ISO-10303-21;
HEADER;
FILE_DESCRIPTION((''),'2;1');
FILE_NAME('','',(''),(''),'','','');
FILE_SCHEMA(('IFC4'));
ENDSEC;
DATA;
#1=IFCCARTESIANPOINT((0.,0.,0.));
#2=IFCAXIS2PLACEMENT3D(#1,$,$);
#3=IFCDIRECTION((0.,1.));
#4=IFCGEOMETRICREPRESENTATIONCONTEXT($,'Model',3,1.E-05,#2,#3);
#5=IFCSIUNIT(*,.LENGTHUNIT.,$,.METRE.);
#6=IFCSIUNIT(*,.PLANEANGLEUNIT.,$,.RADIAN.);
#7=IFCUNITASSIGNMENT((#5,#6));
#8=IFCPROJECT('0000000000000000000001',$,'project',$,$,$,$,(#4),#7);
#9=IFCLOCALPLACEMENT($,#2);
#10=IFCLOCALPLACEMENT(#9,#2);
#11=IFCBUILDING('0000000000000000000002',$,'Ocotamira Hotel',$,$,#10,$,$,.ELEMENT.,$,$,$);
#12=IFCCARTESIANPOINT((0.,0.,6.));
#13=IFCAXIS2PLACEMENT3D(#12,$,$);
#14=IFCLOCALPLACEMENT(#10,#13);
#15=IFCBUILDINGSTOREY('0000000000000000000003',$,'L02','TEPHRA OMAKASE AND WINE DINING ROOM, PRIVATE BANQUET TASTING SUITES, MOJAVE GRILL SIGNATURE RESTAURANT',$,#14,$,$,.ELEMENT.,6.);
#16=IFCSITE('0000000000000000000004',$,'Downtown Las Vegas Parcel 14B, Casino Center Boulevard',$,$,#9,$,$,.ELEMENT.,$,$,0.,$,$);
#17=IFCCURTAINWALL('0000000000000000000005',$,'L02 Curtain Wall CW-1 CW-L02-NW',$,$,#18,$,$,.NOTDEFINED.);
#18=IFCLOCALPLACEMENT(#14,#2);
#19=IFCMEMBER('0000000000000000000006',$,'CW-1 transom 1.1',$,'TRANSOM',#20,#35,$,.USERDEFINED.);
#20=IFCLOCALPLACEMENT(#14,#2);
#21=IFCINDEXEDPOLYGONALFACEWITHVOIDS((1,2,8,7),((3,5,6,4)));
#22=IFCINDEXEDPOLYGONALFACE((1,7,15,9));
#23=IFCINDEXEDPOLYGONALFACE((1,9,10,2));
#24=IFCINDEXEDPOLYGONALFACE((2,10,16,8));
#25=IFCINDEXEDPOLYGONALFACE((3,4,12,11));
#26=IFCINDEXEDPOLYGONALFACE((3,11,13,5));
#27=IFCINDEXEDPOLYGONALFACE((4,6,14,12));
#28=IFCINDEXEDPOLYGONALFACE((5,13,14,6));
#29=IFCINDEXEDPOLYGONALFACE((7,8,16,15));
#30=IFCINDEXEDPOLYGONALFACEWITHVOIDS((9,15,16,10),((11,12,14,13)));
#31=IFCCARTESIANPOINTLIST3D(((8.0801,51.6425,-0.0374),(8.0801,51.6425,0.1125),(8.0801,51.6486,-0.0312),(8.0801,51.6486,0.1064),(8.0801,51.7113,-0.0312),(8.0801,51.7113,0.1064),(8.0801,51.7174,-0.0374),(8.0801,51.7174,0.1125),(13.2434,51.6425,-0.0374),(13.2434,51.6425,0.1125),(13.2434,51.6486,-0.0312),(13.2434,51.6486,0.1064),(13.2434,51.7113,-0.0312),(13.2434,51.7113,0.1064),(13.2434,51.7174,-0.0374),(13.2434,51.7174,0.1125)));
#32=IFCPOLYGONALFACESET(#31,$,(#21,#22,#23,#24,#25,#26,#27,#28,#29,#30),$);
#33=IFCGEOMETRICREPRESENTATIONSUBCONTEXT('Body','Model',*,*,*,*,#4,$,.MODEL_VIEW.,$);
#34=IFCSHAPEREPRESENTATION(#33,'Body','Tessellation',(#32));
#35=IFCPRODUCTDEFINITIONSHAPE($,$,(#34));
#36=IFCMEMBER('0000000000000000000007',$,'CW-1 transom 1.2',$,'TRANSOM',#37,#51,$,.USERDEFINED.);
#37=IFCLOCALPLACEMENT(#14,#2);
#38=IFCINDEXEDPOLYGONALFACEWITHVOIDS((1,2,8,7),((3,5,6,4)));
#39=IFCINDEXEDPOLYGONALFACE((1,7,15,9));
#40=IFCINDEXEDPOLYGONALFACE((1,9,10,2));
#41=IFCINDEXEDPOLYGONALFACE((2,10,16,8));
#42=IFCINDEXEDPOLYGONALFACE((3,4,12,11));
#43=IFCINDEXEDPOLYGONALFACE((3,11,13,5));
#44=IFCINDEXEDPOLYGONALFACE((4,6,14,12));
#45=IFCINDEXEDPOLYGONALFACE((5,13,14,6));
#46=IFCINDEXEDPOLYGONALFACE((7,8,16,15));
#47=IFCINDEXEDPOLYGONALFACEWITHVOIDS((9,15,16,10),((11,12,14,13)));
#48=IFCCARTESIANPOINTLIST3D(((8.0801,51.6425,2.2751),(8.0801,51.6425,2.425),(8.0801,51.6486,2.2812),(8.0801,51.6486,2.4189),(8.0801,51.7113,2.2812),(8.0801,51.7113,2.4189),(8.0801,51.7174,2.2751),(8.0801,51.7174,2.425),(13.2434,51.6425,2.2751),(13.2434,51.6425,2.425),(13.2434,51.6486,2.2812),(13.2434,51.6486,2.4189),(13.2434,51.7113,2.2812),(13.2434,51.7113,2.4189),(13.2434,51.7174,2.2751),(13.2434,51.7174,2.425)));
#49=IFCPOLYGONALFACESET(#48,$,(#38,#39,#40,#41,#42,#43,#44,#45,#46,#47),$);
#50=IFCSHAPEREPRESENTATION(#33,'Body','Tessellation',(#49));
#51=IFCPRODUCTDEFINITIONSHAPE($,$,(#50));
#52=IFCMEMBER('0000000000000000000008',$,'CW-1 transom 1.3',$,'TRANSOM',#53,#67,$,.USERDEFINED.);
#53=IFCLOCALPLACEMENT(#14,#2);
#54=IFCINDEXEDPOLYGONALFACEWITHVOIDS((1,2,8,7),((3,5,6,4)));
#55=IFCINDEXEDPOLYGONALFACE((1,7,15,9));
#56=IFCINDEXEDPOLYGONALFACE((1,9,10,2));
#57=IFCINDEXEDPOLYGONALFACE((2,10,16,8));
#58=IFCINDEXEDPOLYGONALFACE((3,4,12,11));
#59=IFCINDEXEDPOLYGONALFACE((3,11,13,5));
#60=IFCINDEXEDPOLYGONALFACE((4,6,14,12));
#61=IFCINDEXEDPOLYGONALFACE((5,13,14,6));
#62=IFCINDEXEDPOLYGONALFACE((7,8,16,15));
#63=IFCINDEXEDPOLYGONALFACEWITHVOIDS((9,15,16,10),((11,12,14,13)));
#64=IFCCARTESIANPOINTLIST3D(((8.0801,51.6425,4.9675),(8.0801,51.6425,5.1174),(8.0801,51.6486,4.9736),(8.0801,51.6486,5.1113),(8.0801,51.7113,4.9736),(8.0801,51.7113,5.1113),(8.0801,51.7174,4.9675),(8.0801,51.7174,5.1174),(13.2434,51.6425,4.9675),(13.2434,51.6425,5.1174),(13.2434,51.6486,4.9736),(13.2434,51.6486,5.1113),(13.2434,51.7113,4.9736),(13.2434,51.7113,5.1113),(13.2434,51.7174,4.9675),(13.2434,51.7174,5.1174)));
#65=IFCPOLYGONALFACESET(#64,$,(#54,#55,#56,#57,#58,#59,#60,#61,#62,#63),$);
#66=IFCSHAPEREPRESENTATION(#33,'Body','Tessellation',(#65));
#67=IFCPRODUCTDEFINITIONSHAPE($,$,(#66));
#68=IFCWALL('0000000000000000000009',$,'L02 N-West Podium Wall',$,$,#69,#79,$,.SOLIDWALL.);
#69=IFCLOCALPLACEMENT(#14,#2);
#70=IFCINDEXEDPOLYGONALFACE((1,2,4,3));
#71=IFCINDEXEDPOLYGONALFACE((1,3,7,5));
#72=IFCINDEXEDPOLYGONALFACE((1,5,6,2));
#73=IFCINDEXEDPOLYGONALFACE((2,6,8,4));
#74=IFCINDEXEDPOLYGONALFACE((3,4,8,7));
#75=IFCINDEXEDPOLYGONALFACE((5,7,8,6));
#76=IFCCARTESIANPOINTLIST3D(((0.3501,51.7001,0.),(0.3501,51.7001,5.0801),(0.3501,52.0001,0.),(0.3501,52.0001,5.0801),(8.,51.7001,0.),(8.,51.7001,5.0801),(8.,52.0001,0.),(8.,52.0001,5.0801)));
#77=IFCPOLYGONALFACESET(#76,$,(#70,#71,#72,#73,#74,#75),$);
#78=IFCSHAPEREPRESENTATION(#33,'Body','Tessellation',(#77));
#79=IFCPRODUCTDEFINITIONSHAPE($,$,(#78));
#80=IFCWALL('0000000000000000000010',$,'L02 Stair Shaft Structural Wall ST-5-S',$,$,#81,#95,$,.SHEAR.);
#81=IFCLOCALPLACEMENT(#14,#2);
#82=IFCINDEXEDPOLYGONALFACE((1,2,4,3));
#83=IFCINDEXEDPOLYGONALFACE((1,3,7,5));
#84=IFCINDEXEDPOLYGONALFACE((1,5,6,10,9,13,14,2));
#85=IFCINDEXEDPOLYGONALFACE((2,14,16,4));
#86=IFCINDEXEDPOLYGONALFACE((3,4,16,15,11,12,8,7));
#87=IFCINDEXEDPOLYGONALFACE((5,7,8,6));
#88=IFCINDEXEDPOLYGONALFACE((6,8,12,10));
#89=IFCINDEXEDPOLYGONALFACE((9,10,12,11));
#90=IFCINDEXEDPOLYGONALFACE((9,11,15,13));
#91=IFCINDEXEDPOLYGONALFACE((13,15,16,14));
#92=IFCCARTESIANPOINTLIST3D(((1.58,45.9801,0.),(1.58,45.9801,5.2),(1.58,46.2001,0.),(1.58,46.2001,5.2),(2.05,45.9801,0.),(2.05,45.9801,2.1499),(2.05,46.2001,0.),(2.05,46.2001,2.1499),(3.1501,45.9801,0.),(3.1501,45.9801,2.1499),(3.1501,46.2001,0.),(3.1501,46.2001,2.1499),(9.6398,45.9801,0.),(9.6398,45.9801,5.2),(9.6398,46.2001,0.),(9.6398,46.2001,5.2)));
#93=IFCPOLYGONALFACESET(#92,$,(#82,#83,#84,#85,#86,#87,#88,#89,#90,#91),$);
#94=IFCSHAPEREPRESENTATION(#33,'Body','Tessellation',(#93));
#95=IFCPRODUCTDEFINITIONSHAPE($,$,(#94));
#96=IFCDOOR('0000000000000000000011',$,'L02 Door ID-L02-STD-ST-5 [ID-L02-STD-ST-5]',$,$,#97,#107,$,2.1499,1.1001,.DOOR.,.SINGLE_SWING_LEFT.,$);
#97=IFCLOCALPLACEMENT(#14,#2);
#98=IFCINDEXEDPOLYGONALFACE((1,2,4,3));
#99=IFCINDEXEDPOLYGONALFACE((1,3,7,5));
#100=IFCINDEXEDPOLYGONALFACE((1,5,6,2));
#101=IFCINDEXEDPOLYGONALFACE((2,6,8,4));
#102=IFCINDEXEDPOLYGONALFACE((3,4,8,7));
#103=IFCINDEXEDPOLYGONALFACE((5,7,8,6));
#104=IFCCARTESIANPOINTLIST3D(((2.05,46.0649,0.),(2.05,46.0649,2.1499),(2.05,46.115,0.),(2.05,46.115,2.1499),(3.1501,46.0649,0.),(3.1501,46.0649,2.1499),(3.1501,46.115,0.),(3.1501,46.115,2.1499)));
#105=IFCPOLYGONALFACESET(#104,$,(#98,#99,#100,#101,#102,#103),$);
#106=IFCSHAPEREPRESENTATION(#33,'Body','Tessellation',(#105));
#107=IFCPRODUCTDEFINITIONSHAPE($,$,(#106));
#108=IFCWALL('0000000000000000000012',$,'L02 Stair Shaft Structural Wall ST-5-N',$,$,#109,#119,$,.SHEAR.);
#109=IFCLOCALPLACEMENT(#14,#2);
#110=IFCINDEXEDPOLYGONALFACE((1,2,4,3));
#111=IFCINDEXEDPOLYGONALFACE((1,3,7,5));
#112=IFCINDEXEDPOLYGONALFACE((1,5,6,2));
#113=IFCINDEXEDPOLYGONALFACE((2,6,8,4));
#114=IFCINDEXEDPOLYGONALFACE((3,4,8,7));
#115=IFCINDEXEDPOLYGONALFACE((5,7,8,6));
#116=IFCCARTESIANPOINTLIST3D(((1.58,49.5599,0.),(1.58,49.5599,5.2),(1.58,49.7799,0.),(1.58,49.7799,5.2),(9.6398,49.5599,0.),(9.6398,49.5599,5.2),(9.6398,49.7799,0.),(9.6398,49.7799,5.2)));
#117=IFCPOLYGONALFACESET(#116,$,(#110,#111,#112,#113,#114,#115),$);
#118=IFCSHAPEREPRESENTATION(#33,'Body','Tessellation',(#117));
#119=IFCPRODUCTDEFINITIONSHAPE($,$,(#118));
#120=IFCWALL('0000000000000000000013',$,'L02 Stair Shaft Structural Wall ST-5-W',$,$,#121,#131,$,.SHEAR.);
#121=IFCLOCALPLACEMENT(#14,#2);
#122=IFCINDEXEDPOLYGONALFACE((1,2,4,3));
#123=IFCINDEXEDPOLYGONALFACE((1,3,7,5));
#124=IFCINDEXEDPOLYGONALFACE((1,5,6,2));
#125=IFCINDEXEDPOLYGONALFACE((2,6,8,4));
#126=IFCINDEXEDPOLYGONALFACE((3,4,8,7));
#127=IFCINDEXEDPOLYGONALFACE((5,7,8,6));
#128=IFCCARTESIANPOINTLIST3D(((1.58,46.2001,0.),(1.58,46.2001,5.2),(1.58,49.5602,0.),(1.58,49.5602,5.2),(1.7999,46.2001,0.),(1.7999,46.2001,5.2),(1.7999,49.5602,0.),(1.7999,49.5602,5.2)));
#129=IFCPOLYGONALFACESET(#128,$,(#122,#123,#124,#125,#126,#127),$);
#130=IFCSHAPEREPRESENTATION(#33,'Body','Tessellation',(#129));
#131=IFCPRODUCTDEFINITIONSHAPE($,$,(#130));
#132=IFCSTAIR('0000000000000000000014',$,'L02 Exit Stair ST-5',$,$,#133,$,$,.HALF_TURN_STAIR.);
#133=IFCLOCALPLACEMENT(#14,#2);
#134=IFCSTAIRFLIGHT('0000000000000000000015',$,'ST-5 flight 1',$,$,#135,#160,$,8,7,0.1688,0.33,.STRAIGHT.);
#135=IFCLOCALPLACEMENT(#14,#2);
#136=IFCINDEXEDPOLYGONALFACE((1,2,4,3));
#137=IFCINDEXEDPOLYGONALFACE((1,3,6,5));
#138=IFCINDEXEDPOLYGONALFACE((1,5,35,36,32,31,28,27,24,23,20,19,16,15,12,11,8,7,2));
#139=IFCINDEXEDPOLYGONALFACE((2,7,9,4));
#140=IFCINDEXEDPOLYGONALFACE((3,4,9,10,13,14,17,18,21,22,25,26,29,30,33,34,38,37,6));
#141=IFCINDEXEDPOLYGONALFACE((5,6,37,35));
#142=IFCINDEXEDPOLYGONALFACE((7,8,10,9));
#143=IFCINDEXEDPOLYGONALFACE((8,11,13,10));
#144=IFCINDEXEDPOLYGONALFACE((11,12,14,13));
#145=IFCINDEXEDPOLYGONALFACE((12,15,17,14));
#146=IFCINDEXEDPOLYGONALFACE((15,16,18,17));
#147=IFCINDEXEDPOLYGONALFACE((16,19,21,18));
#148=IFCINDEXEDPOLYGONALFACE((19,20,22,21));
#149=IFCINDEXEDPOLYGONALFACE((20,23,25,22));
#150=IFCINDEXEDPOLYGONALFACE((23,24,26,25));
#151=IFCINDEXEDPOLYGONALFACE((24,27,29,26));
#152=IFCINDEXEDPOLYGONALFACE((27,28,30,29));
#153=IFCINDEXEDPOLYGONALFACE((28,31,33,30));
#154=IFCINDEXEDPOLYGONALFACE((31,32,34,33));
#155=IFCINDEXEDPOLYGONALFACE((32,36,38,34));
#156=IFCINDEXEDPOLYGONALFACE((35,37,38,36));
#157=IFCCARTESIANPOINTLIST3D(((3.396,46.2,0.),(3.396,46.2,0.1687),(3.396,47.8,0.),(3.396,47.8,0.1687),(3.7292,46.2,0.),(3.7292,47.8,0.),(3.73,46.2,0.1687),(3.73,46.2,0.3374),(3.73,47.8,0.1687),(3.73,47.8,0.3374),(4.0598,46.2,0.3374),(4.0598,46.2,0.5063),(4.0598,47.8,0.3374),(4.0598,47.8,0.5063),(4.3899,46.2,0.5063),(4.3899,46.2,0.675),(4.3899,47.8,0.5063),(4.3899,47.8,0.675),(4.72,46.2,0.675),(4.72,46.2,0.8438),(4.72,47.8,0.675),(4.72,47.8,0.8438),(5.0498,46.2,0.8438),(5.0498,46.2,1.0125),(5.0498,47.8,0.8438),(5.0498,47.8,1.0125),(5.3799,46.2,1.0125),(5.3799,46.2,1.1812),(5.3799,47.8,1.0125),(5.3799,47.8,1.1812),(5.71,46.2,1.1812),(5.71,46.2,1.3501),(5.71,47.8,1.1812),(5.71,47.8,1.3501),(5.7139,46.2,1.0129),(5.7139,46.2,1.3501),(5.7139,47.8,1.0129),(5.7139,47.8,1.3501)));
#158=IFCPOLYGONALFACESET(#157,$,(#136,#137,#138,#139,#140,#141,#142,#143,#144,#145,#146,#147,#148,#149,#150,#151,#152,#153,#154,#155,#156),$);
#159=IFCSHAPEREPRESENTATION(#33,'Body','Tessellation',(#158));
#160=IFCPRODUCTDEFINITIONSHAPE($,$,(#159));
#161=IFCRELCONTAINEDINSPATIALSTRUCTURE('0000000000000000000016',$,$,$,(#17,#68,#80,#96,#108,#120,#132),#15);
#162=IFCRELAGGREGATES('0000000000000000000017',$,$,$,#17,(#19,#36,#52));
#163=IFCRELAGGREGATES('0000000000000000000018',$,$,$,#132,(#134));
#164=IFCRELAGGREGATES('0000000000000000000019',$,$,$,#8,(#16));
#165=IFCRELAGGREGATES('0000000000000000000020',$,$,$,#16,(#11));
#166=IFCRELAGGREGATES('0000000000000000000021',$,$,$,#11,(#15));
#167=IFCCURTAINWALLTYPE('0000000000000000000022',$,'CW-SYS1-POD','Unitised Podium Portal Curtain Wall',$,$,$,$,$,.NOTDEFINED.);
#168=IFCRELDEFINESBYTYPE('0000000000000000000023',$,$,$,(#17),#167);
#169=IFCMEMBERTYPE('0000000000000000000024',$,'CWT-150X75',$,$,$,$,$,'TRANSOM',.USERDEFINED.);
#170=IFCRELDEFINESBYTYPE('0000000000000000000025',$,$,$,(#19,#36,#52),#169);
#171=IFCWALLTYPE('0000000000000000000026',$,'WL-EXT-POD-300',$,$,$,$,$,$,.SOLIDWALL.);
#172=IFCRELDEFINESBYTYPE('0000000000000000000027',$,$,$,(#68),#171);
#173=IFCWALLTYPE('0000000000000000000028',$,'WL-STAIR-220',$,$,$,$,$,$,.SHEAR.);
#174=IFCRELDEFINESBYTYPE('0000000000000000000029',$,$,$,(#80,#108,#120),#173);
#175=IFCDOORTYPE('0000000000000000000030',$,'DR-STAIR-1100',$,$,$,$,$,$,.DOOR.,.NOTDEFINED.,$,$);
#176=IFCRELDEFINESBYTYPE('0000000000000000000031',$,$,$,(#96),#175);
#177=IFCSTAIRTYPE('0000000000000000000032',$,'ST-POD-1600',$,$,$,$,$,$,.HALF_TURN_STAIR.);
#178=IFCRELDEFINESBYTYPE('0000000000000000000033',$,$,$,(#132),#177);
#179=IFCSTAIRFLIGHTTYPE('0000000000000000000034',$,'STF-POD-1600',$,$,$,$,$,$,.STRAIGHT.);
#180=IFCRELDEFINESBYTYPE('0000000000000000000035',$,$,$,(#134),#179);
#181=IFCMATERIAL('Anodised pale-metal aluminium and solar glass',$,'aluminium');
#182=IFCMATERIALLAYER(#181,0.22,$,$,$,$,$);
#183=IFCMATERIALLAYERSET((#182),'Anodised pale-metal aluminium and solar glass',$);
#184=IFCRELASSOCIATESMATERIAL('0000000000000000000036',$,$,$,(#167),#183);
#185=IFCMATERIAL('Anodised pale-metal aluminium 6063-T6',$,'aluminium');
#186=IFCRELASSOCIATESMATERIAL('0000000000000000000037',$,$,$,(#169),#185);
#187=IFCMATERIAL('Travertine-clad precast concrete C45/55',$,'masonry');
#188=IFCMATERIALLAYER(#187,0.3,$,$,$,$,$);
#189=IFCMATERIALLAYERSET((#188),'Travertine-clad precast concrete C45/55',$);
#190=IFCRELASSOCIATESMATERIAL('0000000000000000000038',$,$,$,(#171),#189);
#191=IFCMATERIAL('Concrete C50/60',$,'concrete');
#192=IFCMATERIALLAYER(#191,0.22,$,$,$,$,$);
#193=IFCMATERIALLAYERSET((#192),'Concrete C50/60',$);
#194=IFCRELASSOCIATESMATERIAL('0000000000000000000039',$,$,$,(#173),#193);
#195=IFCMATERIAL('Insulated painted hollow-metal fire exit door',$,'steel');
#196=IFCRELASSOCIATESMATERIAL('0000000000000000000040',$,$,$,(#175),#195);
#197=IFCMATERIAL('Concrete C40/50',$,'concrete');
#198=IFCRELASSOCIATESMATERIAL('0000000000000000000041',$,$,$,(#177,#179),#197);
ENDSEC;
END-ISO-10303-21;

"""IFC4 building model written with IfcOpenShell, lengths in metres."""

from ifc_helpers import new_model, si_unit, direction, frame, frame_2d, origin, origin_2d, place, context, subcontext, project, spatial, polyline, rectangle, hollow_rectangle, outline, extrude, source, transform, mapped, material, layer, layer_set, material_profile, profile_set, type_object, element, fill, aggregate, save


model = new_model("IFC4")

# Units and contexts
model_context = context("Model", 3, precision=1e-05, world=origin(), true_north=direction((0.0, 1.0)))
body_context = subcontext(model_context, "Body", "Model", "MODEL_VIEW")
ifc_project = project(units=[si_unit("LENGTHUNIT", "METRE"), si_unit("PLANEANGLEUNIT", "RADIAN")], contexts=[model_context])

# Site, building, storey
site_placement = place(None, origin())
site = spatial("IfcSite", under=ifc_project, at=site_placement, Name="Downtown Las Vegas Parcel 14B, Casino Center Boulevard", CompositionType="ELEMENT", RefElevation=0.0)
building_placement = place(site_placement, origin())
building = spatial("IfcBuilding", under=site, at=building_placement, Name="Ocotamira Hotel", CompositionType="ELEMENT")
storey_placement = place(building_placement, frame((0.0, 0.0, 6.0)))
storey = spatial("IfcBuildingStorey", under=building, at=storey_placement, Name="L02", Description="TEPHRA OMAKASE AND WINE DINING ROOM, PRIVATE BANQUET TASTING SUITES, MOJAVE GRILL SIGNATURE RESTAURANT", CompositionType="ELEMENT", Elevation=6.0)

# Curtain wall, members
ifc_material_1 = material(Name="Anodised pale-metal aluminium and solar glass", Category="aluminium")
ifc_layer_1 = layer(ifc_material_1, 0.22)
ifc_layer_set_1 = layer_set([ifc_layer_1], Name="Anodised pale-metal aluminium and solar glass")
curtain_wall_type = type_object("IfcCurtainWallType", Name="CW-SYS1-POD", Description="Unitised Podium Portal Curtain Wall", PredefinedType="NOTDEFINED", material=ifc_layer_set_1)
curtain_wall_placement = place(storey_placement, origin())
curtain_wall = element("IfcCurtainWall", 1, at=curtain_wall_placement, inside=storey, type_object=curtain_wall_type, Name="L02 Curtain Wall CW-1 CW-L02-NW", PredefinedType="NOTDEFINED")
ifc_material_2 = material(Name="Anodised pale-metal aluminium 6063-T6", Category="aluminium")
ifc_material_profile_1 = material_profile(ifc_material_2, hollow_rectangle(XDim=0.075, YDim=0.1499, WallThickness=0.0061, at=origin_2d()), Name="HSS150X75X6")
ifc_profile_set_1 = profile_set([ifc_material_profile_1], Name="Anodised pale-metal aluminium 6063-T6")
member_type_1 = type_object("IfcMemberType", Name="CWT-150X75", ElementType="TRANSOM", PredefinedType="USERDEFINED", material=ifc_profile_set_1)
shared_shape_1 = source(origin(), body_context, "Body", "SweptSolid", [
    extrude(hollow_rectangle(XDim=0.075, YDim=0.1499, WallThickness=0.0061, at=origin_2d()), origin(), (0.0, 0.0, 1.0), 5.1633),
])
member_1_placement = place(storey_placement, frame((8.0801, 51.6799, 0.0376), z_axis=(1.0, 0.0, 0.0), x_axis=(0.0, 1.0, 0.0)))
member_1 = element("IfcMember", 2, at=member_1_placement, type_object=member_type_1, Name="CW-1 transom 1.1", ObjectType="TRANSOM", PredefinedType="USERDEFINED", context=body_context, shape_type="MappedRepresentation", body=[
    mapped(shared_shape_1, transform((0.0, 0.0, 0.0), scale=1.0)),
])
member_2_placement = place(storey_placement, frame((8.0801, 51.6799, 2.3501), z_axis=(1.0, 0.0, 0.0), x_axis=(0.0, 1.0, 0.0)))
member_2 = element("IfcMember", 3, at=member_2_placement, type_object=member_type_1, Name="CW-1 transom 1.2", ObjectType="TRANSOM", PredefinedType="USERDEFINED", context=body_context, shape_type="MappedRepresentation", body=[
    mapped(shared_shape_1, transform((0.0, 0.0, 0.0), scale=1.0)),
])
member_3_placement = place(storey_placement, frame((8.0801, 51.6799, 5.0425), z_axis=(1.0, 0.0, 0.0), x_axis=(0.0, 1.0, 0.0)))
member_3 = element("IfcMember", 4, at=member_3_placement, type_object=member_type_1, Name="CW-1 transom 1.3", ObjectType="TRANSOM", PredefinedType="USERDEFINED", context=body_context, shape_type="MappedRepresentation", body=[
    mapped(shared_shape_1, transform((0.0, 0.0, 0.0), scale=1.0)),
])
aggregate(curtain_wall, [member_1, member_2, member_3])

# Wall
ifc_material_3 = material(Name="Travertine-clad precast concrete C45/55", Category="masonry")
ifc_layer_2 = layer(ifc_material_3, 0.3)
ifc_layer_set_2 = layer_set([ifc_layer_2], Name="Travertine-clad precast concrete C45/55")
wall_type_1 = type_object("IfcWallType", Name="WL-EXT-POD-300", PredefinedType="SOLIDWALL", material=ifc_layer_set_2)
wall_1_placement = place(storey_placement, frame((0.3501, 51.8501, 0.0), z_axis=(0.0, 0.0, 1.0), x_axis=(1.0, 0.0, 0.0)))
element("IfcWall", 5, at=wall_1_placement, inside=storey, type_object=wall_type_1, Name="L02 N-West Podium Wall", PredefinedType="SOLIDWALL", context=body_context, shape_type="SweptSolid", body=[
    extrude(rectangle(XDim=7.6499, YDim=0.3, at=frame_2d((3.825, 0.0))), origin(), (0.0, 0.0, 1.0), 5.0801),
])

# Wall, opening, door
ifc_material_4 = material(Name="Concrete C50/60", Category="concrete")
ifc_layer_3 = layer(ifc_material_4, 0.22)
ifc_layer_set_3 = layer_set([ifc_layer_3], Name="Concrete C50/60")
wall_type_2 = type_object("IfcWallType", Name="WL-STAIR-220", PredefinedType="SHEAR", material=ifc_layer_set_3)
wall_2_placement = place(storey_placement, frame((1.5801, 46.0901, 0.0), z_axis=(0.0, 0.0, 1.0), x_axis=(1.0, 0.0, 0.0)))
wall_2 = element("IfcWall", 6, at=wall_2_placement, inside=storey, type_object=wall_type_2, Name="L02 Stair Shaft Structural Wall ST-5-S", PredefinedType="SHEAR", context=body_context, shape_type="SweptSolid", body=[
    extrude(rectangle(XDim=8.0598, YDim=0.22, at=frame_2d((4.0298, 0.0))), origin(), (0.0, 0.0, 1.0), 5.2),
])
opening_placement = place(wall_2_placement, frame((0.47, 0.0, 0.0)))
opening = element("IfcOpeningElement", 7, at=opening_placement, cuts=wall_2, PredefinedType="OPENING", context=body_context, shape_type="SweptSolid", body=[
    extrude(rectangle(XDim=1.1001, YDim=2.1499, at=frame_2d((0.55, 1.075))), frame((0.0, 0.1201, 0.0), z_axis=(0.0, -1.0, 0.0), x_axis=(1.0, 0.0, 0.0)), (0.0, 0.0, 1.0), 0.24),
])
ifc_material_5 = material(Name="Insulated painted hollow-metal fire exit door", Category="steel")
door_type = type_object("IfcDoorType", Name="DR-STAIR-1100", OperationType="NOTDEFINED", PredefinedType="DOOR", material=ifc_material_5)
shared_shape_2 = source(origin(), body_context, "Body", "SweptSolid", [
    extrude(rectangle(XDim=1.1001, YDim=2.1499, at=frame_2d((0.55, 1.075))), frame((0.0, 0.0249, 0.0), z_axis=(0.0, -1.0, 0.0), x_axis=(1.0, 0.0, 0.0)), (0.0, 0.0, 1.0), 0.05),
])
door_placement = place(opening_placement, origin())
door = element("IfcDoor", 8, at=door_placement, inside=storey, type_object=door_type, Name="L02 Door ID-L02-STD-ST-5 [ID-L02-STD-ST-5]", OperationType="SINGLE_SWING_LEFT", OverallHeight=2.1499, OverallWidth=1.1001, PredefinedType="DOOR", context=body_context, shape_type="MappedRepresentation", body=[
    mapped(shared_shape_2, transform((0.0, 0.0, 0.0), scale=1.0)),
])
fill(opening, door)

# Walls
wall_3_placement = place(storey_placement, frame((1.5801, 49.6699, 0.0), z_axis=(0.0, 0.0, 1.0), x_axis=(1.0, 0.0, 0.0)))
element("IfcWall", 9, at=wall_3_placement, inside=storey, type_object=wall_type_2, Name="L02 Stair Shaft Structural Wall ST-5-N", PredefinedType="SHEAR", context=body_context, shape_type="SweptSolid", body=[
    extrude(rectangle(XDim=8.0598, YDim=0.22, at=frame_2d((4.0298, 0.0))), origin(), (0.0, 0.0, 1.0), 5.2),
])
wall_4_placement = place(storey_placement, frame((1.6899, 46.2, 0.0), z_axis=(0.0, 0.0, 1.0), x_axis=(0.0, 1.0, 0.0)))
element("IfcWall", 10, at=wall_4_placement, inside=storey, type_object=wall_type_2, Name="L02 Stair Shaft Structural Wall ST-5-W", PredefinedType="SHEAR", context=body_context, shape_type="SweptSolid", body=[
    extrude(rectangle(XDim=3.3601, YDim=0.22, at=frame_2d((1.6802, 0.0))), origin(), (0.0, 0.0, 1.0), 5.2),
])

# Stair, stair flight
ifc_material_6 = material(Name="Concrete C40/50", Category="concrete")
stair_type = type_object("IfcStairType", Name="ST-POD-1600", PredefinedType="HALF_TURN_STAIR", material=ifc_material_6)
stair_placement = place(storey_placement, origin())
stair = element("IfcStair", 11, at=stair_placement, inside=storey, type_object=stair_type, Name="L02 Exit Stair ST-5", PredefinedType="HALF_TURN_STAIR")
stair_flight_type = type_object("IfcStairFlightType", Name="STF-POD-1600", PredefinedType="STRAIGHT", material=ifc_material_6)
shared_shape_3 = source(origin(), body_context, "Body", "SweptSolid", [
    extrude(outline(polyline([(-0.0039, 0.0), (-0.0039, 0.1687), (0.3301, 0.1687), (0.3301, 0.3374), (0.6599, 0.3374), (0.6599, 0.5063), (0.99, 0.5063), (0.99, 0.675), (1.3201, 0.675), (1.3201, 0.8438), (1.6499, 0.8438), (1.6499, 1.0125), (1.98, 1.0125), (1.98, 1.1812), (2.3101, 1.1812), (2.3101, 1.3501), (2.314, 1.3501), (2.314, 1.0129), (0.3293, 0.0), (-0.0039, 0.0)])), frame((0.0, 0.8, 0.0), z_axis=(0.0, -1.0, 0.0), x_axis=(1.0, 0.0, 0.0)), (0.0, 0.0, 1.0), 1.6001),
])
stair_flight_1_placement = place(storey_placement, frame((3.3999, 47.0, 0.0), z_axis=(0.0, 0.0, 1.0), x_axis=(1.0, 0.0, 0.0)))
stair_flight_1 = element("IfcStairFlight", 12, at=stair_flight_1_placement, type_object=stair_flight_type, Name="ST-5 flight 1", NumberOfRisers=8, NumberOfTreads=7, PredefinedType="STRAIGHT", RiserHeight=0.1688, TreadLength=0.33, context=body_context, shape_type="MappedRepresentation", body=[
    mapped(shared_shape_3, transform((0.0, 0.0, 0.0), scale=1.0)),
])
aggregate(stair, [stair_flight_1])

save(model, "model.ifc")
